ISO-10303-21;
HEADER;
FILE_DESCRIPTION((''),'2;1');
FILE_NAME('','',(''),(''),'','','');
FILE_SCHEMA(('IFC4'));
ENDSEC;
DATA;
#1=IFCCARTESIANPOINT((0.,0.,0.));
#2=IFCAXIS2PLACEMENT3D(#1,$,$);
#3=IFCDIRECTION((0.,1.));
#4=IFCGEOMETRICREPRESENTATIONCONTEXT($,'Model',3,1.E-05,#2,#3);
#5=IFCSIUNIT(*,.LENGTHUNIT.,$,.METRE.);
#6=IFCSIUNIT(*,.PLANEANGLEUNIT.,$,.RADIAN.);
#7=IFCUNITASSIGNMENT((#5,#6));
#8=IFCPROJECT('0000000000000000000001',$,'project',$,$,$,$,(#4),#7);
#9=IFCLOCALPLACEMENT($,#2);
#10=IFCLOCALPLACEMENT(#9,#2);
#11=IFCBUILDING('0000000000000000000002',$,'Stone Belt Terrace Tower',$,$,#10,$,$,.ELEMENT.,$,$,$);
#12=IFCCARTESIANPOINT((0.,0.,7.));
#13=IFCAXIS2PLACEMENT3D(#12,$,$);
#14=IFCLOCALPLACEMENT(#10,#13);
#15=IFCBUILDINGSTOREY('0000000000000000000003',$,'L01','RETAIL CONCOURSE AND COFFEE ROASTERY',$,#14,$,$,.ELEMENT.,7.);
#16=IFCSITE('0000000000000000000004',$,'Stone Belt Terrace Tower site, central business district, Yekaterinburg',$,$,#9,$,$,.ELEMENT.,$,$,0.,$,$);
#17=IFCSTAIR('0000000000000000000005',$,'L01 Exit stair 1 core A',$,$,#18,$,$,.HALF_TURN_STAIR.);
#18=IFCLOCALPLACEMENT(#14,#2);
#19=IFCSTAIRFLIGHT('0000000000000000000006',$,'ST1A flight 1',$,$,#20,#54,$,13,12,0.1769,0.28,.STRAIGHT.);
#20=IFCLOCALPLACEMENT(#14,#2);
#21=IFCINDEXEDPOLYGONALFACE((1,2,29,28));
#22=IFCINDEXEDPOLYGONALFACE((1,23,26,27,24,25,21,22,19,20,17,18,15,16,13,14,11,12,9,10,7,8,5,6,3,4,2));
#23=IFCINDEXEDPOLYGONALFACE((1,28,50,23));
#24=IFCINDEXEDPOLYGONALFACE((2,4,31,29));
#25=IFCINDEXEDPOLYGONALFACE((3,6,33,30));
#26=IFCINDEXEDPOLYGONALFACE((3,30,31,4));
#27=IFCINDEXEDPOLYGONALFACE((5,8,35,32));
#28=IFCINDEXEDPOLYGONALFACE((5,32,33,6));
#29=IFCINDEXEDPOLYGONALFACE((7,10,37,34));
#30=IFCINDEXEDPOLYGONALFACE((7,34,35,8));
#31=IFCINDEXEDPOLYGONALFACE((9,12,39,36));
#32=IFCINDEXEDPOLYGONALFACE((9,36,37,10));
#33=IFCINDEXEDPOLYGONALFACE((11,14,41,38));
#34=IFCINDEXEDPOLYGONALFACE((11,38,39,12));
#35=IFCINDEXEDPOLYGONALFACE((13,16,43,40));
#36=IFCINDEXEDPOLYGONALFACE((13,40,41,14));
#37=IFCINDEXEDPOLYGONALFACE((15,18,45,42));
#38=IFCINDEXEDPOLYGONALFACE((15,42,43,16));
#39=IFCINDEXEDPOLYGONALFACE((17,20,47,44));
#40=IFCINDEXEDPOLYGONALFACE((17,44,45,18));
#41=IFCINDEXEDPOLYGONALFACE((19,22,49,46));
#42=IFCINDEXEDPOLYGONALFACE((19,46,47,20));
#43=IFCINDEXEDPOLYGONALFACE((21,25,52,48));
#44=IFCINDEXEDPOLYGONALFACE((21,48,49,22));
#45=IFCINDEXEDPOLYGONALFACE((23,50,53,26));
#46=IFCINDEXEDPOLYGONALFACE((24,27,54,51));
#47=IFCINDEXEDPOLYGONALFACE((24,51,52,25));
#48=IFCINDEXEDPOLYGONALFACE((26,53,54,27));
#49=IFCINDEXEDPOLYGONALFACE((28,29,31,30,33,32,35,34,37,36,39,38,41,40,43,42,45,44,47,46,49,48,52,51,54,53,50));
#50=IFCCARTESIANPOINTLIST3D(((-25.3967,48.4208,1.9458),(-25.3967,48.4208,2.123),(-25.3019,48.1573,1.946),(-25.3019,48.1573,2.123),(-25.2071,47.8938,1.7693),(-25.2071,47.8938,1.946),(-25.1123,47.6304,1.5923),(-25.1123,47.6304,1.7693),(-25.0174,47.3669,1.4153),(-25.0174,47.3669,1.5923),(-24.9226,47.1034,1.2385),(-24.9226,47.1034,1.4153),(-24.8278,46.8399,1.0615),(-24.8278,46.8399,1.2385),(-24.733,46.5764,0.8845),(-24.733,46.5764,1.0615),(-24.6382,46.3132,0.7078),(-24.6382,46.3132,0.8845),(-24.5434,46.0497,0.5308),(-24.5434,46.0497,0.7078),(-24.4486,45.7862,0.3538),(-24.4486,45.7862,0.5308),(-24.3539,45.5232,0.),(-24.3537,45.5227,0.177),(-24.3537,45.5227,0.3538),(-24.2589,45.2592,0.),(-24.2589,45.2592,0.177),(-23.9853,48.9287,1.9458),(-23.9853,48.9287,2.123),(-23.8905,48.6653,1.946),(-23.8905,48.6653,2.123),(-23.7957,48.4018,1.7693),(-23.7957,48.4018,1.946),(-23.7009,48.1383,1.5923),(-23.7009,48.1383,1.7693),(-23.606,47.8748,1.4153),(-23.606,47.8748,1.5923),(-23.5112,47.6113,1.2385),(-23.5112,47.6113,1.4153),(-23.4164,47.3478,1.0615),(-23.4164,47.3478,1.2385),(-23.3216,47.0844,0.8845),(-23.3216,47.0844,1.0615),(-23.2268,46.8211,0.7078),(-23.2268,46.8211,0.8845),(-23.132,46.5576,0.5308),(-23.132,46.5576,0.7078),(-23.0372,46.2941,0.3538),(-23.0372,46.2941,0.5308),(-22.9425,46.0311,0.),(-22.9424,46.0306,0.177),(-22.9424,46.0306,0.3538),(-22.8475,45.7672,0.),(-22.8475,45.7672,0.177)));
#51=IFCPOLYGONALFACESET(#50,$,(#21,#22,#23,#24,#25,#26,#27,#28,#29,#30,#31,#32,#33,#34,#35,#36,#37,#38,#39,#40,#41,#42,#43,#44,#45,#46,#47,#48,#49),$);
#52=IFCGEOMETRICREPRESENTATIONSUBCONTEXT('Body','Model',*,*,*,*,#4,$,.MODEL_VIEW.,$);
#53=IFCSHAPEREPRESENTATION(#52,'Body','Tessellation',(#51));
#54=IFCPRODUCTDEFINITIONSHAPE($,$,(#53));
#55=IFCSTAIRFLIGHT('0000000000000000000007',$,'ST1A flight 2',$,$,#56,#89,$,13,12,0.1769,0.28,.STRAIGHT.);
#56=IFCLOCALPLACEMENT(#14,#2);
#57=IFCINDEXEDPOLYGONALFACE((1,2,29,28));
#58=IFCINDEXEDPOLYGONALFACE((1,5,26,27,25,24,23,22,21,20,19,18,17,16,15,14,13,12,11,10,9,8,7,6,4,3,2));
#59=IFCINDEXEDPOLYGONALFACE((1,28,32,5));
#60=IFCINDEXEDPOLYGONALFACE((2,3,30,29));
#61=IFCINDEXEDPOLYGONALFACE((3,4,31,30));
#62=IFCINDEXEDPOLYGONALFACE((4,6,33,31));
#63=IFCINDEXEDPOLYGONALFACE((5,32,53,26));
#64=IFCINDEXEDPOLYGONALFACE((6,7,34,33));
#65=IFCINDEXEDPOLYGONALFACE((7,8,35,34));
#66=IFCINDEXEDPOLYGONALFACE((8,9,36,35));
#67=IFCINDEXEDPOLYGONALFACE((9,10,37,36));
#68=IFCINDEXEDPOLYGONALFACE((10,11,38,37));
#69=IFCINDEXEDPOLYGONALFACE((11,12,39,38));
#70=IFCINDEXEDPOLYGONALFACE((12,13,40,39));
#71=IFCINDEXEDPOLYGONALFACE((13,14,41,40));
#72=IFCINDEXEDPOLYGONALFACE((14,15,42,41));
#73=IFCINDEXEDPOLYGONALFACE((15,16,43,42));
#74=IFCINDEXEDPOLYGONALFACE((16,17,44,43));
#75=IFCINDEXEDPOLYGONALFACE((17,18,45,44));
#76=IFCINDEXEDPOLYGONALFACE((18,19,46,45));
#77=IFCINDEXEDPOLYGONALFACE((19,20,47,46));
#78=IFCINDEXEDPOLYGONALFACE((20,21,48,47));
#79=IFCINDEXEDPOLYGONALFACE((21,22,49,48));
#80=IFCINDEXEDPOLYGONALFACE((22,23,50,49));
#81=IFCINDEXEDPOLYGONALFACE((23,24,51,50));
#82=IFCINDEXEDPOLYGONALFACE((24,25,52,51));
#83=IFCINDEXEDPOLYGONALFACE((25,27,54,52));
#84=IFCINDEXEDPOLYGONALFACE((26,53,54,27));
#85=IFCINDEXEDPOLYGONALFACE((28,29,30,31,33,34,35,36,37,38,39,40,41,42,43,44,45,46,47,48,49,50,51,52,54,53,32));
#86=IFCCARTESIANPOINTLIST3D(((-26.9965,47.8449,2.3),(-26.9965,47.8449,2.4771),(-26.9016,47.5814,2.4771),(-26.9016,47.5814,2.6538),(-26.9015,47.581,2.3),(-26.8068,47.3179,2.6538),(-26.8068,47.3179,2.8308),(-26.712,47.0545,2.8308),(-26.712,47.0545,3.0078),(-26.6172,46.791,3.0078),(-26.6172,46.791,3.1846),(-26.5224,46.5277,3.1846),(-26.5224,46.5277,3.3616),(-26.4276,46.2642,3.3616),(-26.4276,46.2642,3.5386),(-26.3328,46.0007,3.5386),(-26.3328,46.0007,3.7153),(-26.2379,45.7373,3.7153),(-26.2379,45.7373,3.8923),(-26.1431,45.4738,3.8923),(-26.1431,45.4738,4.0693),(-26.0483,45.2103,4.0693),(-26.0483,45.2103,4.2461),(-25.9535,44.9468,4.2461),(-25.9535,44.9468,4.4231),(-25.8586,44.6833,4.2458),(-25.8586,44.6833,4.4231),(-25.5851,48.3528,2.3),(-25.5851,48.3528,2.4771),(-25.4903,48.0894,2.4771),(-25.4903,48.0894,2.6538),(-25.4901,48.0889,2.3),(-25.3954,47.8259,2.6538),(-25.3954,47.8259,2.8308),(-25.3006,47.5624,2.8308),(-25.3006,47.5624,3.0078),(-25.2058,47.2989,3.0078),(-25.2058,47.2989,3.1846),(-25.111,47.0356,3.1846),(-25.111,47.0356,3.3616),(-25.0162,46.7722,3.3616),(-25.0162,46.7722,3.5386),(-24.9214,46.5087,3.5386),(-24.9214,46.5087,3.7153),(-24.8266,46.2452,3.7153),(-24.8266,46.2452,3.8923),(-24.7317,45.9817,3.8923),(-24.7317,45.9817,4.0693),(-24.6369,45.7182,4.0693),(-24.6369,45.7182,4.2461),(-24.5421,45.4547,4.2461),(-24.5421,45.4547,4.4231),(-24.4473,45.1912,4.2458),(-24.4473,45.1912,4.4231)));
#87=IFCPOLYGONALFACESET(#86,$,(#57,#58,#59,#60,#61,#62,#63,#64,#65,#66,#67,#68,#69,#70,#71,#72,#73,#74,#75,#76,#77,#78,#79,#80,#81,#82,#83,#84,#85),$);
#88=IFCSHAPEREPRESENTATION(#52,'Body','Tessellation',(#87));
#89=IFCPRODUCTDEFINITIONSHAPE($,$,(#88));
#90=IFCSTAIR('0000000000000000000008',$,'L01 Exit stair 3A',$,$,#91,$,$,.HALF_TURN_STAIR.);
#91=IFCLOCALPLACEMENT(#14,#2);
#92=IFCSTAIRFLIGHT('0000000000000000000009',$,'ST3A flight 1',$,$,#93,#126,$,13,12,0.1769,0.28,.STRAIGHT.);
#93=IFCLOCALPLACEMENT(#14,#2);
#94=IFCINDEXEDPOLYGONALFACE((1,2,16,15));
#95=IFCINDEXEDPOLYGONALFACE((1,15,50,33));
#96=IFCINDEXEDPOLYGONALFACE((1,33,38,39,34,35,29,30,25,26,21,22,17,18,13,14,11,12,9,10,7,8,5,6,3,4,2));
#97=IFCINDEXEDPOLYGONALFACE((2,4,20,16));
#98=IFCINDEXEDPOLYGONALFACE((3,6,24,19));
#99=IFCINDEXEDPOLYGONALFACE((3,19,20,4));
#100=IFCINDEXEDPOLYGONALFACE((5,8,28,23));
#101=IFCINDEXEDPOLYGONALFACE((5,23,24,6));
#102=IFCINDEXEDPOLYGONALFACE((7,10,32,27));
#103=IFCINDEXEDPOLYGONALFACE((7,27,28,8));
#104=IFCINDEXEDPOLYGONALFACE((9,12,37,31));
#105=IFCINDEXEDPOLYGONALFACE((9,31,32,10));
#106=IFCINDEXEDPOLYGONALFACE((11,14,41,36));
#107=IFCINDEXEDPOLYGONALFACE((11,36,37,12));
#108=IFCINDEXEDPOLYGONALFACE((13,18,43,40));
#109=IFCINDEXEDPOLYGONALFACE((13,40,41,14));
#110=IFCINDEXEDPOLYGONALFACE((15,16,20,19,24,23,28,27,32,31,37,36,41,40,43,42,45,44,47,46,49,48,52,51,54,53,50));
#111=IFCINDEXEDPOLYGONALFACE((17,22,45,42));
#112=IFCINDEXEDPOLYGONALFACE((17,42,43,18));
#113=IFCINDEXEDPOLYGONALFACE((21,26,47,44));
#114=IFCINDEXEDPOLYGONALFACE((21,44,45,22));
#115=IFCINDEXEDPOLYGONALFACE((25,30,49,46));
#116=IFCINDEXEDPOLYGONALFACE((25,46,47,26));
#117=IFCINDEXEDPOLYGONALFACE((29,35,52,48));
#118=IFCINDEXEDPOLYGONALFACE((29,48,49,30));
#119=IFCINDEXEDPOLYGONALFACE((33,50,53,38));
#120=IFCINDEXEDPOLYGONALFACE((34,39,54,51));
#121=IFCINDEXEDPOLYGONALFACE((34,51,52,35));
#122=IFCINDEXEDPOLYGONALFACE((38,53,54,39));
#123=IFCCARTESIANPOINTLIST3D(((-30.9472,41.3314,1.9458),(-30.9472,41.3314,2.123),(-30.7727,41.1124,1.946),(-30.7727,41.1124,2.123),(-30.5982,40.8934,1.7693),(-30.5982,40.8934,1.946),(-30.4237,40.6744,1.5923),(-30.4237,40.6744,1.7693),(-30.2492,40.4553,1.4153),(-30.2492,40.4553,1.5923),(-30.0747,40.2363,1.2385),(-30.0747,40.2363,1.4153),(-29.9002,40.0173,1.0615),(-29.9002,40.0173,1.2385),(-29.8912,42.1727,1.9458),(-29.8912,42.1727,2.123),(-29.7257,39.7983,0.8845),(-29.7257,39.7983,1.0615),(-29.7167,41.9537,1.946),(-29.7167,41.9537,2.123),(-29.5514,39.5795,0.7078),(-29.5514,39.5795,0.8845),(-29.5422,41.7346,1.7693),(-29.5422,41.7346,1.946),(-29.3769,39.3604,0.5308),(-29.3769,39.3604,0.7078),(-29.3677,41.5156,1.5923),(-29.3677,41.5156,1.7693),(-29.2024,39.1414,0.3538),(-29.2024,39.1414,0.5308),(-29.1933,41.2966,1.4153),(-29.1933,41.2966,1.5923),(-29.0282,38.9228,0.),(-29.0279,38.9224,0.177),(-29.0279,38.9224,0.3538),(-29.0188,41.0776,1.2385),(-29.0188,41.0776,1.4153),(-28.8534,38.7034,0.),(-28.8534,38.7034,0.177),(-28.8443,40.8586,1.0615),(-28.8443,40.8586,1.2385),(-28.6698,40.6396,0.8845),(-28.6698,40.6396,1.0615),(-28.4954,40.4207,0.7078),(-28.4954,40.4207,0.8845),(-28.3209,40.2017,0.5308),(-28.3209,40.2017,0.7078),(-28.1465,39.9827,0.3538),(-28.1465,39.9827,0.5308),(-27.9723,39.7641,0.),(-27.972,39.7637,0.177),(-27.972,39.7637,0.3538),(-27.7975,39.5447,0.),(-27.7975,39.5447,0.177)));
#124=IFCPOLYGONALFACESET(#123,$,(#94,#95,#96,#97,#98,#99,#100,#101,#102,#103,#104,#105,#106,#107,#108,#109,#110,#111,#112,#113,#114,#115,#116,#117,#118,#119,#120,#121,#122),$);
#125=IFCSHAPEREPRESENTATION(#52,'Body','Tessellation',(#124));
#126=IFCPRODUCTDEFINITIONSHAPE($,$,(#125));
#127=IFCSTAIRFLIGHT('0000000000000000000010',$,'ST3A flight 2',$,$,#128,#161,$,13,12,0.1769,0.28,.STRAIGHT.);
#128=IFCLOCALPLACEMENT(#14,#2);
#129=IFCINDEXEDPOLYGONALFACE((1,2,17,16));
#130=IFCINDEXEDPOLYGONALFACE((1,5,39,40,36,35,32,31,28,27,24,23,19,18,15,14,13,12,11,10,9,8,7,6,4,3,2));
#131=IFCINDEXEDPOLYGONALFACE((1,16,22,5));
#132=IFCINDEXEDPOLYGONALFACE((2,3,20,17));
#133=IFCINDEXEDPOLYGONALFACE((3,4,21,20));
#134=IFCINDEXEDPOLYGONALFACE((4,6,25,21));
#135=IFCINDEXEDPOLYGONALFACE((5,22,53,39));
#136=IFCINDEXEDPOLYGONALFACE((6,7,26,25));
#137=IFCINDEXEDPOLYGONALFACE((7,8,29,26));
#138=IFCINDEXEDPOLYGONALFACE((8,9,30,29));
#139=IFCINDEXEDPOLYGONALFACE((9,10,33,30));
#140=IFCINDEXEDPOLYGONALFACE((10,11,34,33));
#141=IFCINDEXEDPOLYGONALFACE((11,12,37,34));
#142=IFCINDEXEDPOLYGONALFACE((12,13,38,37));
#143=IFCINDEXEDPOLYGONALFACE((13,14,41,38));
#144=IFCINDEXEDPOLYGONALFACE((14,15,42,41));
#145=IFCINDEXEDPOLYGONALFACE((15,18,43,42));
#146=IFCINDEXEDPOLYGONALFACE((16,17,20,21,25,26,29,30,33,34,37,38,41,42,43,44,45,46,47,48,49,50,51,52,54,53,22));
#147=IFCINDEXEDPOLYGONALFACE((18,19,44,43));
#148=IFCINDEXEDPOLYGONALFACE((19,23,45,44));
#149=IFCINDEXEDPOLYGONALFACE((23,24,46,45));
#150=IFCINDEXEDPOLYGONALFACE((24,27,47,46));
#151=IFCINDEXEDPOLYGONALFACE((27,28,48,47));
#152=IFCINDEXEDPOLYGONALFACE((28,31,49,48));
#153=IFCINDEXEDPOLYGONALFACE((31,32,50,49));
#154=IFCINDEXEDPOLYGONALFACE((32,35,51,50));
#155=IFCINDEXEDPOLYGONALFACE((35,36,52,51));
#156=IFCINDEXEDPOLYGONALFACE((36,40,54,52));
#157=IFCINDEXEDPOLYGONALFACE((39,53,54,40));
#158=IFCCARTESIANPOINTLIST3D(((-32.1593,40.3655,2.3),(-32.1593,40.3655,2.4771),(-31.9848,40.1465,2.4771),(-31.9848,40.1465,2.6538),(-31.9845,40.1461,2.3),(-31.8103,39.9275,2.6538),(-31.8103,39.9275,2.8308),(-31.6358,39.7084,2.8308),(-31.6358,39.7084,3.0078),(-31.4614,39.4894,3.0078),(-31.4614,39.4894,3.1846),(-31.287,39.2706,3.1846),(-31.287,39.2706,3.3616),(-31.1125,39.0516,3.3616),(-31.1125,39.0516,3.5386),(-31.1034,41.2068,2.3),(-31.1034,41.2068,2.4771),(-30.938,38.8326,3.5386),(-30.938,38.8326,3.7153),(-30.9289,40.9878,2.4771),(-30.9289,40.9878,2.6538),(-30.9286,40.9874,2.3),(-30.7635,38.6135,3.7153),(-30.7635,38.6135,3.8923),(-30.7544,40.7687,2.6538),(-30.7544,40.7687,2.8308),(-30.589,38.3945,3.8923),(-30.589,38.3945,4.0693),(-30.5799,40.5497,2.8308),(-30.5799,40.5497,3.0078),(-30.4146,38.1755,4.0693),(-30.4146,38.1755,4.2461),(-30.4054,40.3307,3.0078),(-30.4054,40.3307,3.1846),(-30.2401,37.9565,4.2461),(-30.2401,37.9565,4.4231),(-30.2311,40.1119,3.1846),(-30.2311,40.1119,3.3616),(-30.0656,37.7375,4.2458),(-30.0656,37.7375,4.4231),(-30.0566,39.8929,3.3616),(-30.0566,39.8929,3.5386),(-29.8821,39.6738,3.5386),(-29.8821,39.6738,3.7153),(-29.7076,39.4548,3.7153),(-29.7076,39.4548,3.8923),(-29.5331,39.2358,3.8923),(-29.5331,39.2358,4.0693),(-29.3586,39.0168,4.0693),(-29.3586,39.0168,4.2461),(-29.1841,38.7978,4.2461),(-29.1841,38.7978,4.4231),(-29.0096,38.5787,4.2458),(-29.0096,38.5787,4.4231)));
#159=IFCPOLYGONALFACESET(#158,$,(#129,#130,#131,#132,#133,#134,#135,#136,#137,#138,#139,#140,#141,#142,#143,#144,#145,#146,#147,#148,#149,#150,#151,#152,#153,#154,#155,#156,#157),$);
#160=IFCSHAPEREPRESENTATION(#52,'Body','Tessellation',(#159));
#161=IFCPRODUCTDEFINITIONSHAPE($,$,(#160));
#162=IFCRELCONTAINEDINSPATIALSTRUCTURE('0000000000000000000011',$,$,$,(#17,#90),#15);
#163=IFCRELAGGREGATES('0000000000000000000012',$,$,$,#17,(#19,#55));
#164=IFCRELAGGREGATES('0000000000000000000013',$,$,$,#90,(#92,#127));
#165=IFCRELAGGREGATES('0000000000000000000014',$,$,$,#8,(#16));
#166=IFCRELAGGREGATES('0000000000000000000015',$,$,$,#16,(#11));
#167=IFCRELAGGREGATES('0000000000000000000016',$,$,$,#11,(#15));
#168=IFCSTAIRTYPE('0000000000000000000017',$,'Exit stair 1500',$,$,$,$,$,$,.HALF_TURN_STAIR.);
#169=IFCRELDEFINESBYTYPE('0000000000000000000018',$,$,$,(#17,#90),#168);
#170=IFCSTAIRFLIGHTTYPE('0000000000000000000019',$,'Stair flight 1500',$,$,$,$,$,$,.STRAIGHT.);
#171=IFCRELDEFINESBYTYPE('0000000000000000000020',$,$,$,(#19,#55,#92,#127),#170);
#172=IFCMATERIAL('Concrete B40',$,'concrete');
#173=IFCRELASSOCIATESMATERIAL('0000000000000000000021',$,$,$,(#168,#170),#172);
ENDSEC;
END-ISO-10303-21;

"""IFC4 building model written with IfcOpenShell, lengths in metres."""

from ifc_helpers import new_model, si_unit, direction, frame, origin, place, context, subcontext, project, spatial, polyline, outline, extrude, material, type_object, element, aggregate, save


model = new_model("IFC4")

# Units and contexts
model_context = context("Model", 3, precision=1e-05, world=origin(), true_north=direction((0.0, 1.0)))
body_context = subcontext(model_context, "Body", "Model", "MODEL_VIEW")
ifc_project = project(units=[si_unit("LENGTHUNIT", "METRE"), si_unit("PLANEANGLEUNIT", "RADIAN")], contexts=[model_context])

# Site, building, storey
site_placement = place(None, origin())
site = spatial("IfcSite", under=ifc_project, at=site_placement, Name="Stone Belt Terrace Tower site, central business district, Yekaterinburg", CompositionType="ELEMENT", RefElevation=0.0)
building_placement = place(site_placement, origin())
building = spatial("IfcBuilding", under=site, at=building_placement, Name="Stone Belt Terrace Tower", CompositionType="ELEMENT")
storey_placement = place(building_placement, frame((0.0, 0.0, 7.0)))
storey = spatial("IfcBuildingStorey", under=building, at=storey_placement, Name="L01", Description="RETAIL CONCOURSE AND COFFEE ROASTERY", CompositionType="ELEMENT", Elevation=7.0)

# Stairs, stair flights
ifc_material_1 = material(Name="Concrete B40", Category="concrete")
stair_type = type_object("IfcStairType", Name="Exit stair 1500", PredefinedType="HALF_TURN_STAIR", material=ifc_material_1)
stair_1_placement = place(storey_placement, origin())
stair_1 = element("IfcStair", 1, at=stair_1_placement, inside=storey, type_object=stair_type, Name="L01 Exit stair 1 core A", PredefinedType="HALF_TURN_STAIR")
stair_flight_type = type_object("IfcStairFlightType", Name="Stair flight 1500", PredefinedType="STRAIGHT", material=ifc_material_1)
stair_flight_1_placement = place(storey_placement, frame((-23.5532, 45.5132, 0.0), z_axis=(0.0, 0.0, 1.0), x_axis=(-0.338624, 0.940922, 0.0)))
stair_flight_1 = element("IfcStairFlight", 2, at=stair_flight_1_placement, type_object=stair_flight_type, Name="ST1A flight 1", NumberOfRisers=13, NumberOfTreads=12, PredefinedType="STRAIGHT", RiserHeight=0.1769, TreadLength=0.28, context=body_context, shape_type="SweptSolid", body=[
    extrude(outline(polyline([(0.0, 0.0), (0.0, 0.177), (0.28, 0.177), (0.28, 0.3538), (0.5601, 0.3538), (0.5601, 0.5308), (0.8401, 0.5308), (0.8401, 0.7078), (1.1201, 0.7078), (1.1201, 0.8845), (1.3999, 0.8845), (1.3999, 1.0615), (1.6799, 1.0615), (1.6799, 1.2385), (1.96, 1.2385), (1.96, 1.4153), (2.24, 1.4153), (2.24, 1.5923), (2.52, 1.5923), (2.52, 1.7693), (2.8, 1.7693), (2.8, 1.946), (3.0801, 1.946), (3.0801, 2.123), (3.3601, 2.123), (3.3601, 2.3), (3.3601, 1.9458), (0.2805, 0.0), (0.0, 0.0)])), frame((0.0, 0.75, 0.0), z_axis=(0.0, -1.0, 0.0), x_axis=(1.0, 0.0, 0.0)), (0.0, 0.0, 1.0), 1.5),
])
stair_flight_2_placement = place(storey_placement, frame((-26.2908, 48.0989, 2.3), z_axis=(0.0, 0.0, 1.0), x_axis=(0.338624, -0.940922, 0.0)))
stair_flight_2 = element("IfcStairFlight", 3, at=stair_flight_2_placement, type_object=stair_flight_type, Name="ST1A flight 2", NumberOfRisers=13, NumberOfTreads=12, PredefinedType="STRAIGHT", RiserHeight=0.1769, TreadLength=0.28, context=body_context, shape_type="SweptSolid", body=[
    extrude(outline(polyline([(0.0, 0.0), (0.0, 0.177), (0.28, 0.177), (0.28, 0.3538), (0.5601, 0.3538), (0.5601, 0.5308), (0.8401, 0.5308), (0.8401, 0.7078), (1.1201, 0.7078), (1.1201, 0.8845), (1.3999, 0.8845), (1.3999, 1.0615), (1.6799, 1.0615), (1.6799, 1.2385), (1.96, 1.2385), (1.96, 1.4153), (2.24, 1.4153), (2.24, 1.5923), (2.52, 1.5923), (2.52, 1.7693), (2.8, 1.7693), (2.8, 1.946), (3.0801, 1.946), (3.0801, 2.123), (3.3601, 2.123), (3.3601, 2.3), (3.3601, 1.9458), (0.2805, 0.0), (0.0, 0.0)])), frame((0.0, 0.75, 0.0), z_axis=(0.0, -1.0, 0.0), x_axis=(1.0, 0.0, 0.0)), (0.0, 0.0, 1.0), 1.5),
])
aggregate(stair_1, [stair_flight_1, stair_flight_2])
stair_2_placement = place(storey_placement, origin())
stair_2 = element("IfcStair", 4, at=stair_2_placement, inside=storey, type_object=stair_type, Name="L01 Exit stair 3A", PredefinedType="HALF_TURN_STAIR")
stair_flight_3_placement = place(storey_placement, frame((-28.3254, 39.124, 0.0), z_axis=(0.0, 0.0, 1.0), x_axis=(-0.623121, 0.782125, 0.0)))
stair_flight_3 = element("IfcStairFlight", 5, at=stair_flight_3_placement, type_object=stair_flight_type, Name="ST3A flight 1", NumberOfRisers=13, NumberOfTreads=12, PredefinedType="STRAIGHT", RiserHeight=0.1769, TreadLength=0.28, context=body_context, shape_type="SweptSolid", body=[
    extrude(outline(polyline([(0.0, 0.0), (0.0, 0.177), (0.28, 0.177), (0.28, 0.3538), (0.5601, 0.3538), (0.5601, 0.5308), (0.8401, 0.5308), (0.8401, 0.7078), (1.1201, 0.7078), (1.1201, 0.8845), (1.3999, 0.8845), (1.3999, 1.0615), (1.6799, 1.0615), (1.6799, 1.2385), (1.96, 1.2385), (1.96, 1.4153), (2.24, 1.4153), (2.24, 1.5923), (2.52, 1.5923), (2.52, 1.7693), (2.8, 1.7693), (2.8, 1.946), (3.0801, 1.946), (3.0801, 2.123), (3.3601, 2.123), (3.3601, 2.3), (3.3601, 1.9458), (0.2805, 0.0), (0.0, 0.0)])), frame((0.0, 0.675, 0.0), z_axis=(0.0, -1.0, 0.0), x_axis=(1.0, 0.0, 0.0)), (0.0, 0.0, 1.0), 1.3501),
])
stair_flight_4_placement = place(storey_placement, frame((-31.6313, 40.7861, 2.3), z_axis=(0.0, 0.0, 1.0), x_axis=(0.623121, -0.782125, 0.0)))
stair_flight_4 = element("IfcStairFlight", 6, at=stair_flight_4_placement, type_object=stair_flight_type, Name="ST3A flight 2", NumberOfRisers=13, NumberOfTreads=12, PredefinedType="STRAIGHT", RiserHeight=0.1769, TreadLength=0.28, context=body_context, shape_type="SweptSolid", body=[
    extrude(outline(polyline([(0.0, 0.0), (0.0, 0.177), (0.28, 0.177), (0.28, 0.3538), (0.5601, 0.3538), (0.5601, 0.5308), (0.8401, 0.5308), (0.8401, 0.7078), (1.1201, 0.7078), (1.1201, 0.8845), (1.3999, 0.8845), (1.3999, 1.0615), (1.6799, 1.0615), (1.6799, 1.2385), (1.96, 1.2385), (1.96, 1.4153), (2.24, 1.4153), (2.24, 1.5923), (2.52, 1.5923), (2.52, 1.7693), (2.8, 1.7693), (2.8, 1.946), (3.0801, 1.946), (3.0801, 2.123), (3.3601, 2.123), (3.3601, 2.3), (3.3601, 1.9458), (0.2805, 0.0), (0.0, 0.0)])), frame((0.0, 0.675, 0.0), z_axis=(0.0, -1.0, 0.0), x_axis=(1.0, 0.0, 0.0)), (0.0, 0.0, 1.0), 1.3501),
])
aggregate(stair_2, [stair_flight_3, stair_flight_4])

save(model, "model.ifc")
